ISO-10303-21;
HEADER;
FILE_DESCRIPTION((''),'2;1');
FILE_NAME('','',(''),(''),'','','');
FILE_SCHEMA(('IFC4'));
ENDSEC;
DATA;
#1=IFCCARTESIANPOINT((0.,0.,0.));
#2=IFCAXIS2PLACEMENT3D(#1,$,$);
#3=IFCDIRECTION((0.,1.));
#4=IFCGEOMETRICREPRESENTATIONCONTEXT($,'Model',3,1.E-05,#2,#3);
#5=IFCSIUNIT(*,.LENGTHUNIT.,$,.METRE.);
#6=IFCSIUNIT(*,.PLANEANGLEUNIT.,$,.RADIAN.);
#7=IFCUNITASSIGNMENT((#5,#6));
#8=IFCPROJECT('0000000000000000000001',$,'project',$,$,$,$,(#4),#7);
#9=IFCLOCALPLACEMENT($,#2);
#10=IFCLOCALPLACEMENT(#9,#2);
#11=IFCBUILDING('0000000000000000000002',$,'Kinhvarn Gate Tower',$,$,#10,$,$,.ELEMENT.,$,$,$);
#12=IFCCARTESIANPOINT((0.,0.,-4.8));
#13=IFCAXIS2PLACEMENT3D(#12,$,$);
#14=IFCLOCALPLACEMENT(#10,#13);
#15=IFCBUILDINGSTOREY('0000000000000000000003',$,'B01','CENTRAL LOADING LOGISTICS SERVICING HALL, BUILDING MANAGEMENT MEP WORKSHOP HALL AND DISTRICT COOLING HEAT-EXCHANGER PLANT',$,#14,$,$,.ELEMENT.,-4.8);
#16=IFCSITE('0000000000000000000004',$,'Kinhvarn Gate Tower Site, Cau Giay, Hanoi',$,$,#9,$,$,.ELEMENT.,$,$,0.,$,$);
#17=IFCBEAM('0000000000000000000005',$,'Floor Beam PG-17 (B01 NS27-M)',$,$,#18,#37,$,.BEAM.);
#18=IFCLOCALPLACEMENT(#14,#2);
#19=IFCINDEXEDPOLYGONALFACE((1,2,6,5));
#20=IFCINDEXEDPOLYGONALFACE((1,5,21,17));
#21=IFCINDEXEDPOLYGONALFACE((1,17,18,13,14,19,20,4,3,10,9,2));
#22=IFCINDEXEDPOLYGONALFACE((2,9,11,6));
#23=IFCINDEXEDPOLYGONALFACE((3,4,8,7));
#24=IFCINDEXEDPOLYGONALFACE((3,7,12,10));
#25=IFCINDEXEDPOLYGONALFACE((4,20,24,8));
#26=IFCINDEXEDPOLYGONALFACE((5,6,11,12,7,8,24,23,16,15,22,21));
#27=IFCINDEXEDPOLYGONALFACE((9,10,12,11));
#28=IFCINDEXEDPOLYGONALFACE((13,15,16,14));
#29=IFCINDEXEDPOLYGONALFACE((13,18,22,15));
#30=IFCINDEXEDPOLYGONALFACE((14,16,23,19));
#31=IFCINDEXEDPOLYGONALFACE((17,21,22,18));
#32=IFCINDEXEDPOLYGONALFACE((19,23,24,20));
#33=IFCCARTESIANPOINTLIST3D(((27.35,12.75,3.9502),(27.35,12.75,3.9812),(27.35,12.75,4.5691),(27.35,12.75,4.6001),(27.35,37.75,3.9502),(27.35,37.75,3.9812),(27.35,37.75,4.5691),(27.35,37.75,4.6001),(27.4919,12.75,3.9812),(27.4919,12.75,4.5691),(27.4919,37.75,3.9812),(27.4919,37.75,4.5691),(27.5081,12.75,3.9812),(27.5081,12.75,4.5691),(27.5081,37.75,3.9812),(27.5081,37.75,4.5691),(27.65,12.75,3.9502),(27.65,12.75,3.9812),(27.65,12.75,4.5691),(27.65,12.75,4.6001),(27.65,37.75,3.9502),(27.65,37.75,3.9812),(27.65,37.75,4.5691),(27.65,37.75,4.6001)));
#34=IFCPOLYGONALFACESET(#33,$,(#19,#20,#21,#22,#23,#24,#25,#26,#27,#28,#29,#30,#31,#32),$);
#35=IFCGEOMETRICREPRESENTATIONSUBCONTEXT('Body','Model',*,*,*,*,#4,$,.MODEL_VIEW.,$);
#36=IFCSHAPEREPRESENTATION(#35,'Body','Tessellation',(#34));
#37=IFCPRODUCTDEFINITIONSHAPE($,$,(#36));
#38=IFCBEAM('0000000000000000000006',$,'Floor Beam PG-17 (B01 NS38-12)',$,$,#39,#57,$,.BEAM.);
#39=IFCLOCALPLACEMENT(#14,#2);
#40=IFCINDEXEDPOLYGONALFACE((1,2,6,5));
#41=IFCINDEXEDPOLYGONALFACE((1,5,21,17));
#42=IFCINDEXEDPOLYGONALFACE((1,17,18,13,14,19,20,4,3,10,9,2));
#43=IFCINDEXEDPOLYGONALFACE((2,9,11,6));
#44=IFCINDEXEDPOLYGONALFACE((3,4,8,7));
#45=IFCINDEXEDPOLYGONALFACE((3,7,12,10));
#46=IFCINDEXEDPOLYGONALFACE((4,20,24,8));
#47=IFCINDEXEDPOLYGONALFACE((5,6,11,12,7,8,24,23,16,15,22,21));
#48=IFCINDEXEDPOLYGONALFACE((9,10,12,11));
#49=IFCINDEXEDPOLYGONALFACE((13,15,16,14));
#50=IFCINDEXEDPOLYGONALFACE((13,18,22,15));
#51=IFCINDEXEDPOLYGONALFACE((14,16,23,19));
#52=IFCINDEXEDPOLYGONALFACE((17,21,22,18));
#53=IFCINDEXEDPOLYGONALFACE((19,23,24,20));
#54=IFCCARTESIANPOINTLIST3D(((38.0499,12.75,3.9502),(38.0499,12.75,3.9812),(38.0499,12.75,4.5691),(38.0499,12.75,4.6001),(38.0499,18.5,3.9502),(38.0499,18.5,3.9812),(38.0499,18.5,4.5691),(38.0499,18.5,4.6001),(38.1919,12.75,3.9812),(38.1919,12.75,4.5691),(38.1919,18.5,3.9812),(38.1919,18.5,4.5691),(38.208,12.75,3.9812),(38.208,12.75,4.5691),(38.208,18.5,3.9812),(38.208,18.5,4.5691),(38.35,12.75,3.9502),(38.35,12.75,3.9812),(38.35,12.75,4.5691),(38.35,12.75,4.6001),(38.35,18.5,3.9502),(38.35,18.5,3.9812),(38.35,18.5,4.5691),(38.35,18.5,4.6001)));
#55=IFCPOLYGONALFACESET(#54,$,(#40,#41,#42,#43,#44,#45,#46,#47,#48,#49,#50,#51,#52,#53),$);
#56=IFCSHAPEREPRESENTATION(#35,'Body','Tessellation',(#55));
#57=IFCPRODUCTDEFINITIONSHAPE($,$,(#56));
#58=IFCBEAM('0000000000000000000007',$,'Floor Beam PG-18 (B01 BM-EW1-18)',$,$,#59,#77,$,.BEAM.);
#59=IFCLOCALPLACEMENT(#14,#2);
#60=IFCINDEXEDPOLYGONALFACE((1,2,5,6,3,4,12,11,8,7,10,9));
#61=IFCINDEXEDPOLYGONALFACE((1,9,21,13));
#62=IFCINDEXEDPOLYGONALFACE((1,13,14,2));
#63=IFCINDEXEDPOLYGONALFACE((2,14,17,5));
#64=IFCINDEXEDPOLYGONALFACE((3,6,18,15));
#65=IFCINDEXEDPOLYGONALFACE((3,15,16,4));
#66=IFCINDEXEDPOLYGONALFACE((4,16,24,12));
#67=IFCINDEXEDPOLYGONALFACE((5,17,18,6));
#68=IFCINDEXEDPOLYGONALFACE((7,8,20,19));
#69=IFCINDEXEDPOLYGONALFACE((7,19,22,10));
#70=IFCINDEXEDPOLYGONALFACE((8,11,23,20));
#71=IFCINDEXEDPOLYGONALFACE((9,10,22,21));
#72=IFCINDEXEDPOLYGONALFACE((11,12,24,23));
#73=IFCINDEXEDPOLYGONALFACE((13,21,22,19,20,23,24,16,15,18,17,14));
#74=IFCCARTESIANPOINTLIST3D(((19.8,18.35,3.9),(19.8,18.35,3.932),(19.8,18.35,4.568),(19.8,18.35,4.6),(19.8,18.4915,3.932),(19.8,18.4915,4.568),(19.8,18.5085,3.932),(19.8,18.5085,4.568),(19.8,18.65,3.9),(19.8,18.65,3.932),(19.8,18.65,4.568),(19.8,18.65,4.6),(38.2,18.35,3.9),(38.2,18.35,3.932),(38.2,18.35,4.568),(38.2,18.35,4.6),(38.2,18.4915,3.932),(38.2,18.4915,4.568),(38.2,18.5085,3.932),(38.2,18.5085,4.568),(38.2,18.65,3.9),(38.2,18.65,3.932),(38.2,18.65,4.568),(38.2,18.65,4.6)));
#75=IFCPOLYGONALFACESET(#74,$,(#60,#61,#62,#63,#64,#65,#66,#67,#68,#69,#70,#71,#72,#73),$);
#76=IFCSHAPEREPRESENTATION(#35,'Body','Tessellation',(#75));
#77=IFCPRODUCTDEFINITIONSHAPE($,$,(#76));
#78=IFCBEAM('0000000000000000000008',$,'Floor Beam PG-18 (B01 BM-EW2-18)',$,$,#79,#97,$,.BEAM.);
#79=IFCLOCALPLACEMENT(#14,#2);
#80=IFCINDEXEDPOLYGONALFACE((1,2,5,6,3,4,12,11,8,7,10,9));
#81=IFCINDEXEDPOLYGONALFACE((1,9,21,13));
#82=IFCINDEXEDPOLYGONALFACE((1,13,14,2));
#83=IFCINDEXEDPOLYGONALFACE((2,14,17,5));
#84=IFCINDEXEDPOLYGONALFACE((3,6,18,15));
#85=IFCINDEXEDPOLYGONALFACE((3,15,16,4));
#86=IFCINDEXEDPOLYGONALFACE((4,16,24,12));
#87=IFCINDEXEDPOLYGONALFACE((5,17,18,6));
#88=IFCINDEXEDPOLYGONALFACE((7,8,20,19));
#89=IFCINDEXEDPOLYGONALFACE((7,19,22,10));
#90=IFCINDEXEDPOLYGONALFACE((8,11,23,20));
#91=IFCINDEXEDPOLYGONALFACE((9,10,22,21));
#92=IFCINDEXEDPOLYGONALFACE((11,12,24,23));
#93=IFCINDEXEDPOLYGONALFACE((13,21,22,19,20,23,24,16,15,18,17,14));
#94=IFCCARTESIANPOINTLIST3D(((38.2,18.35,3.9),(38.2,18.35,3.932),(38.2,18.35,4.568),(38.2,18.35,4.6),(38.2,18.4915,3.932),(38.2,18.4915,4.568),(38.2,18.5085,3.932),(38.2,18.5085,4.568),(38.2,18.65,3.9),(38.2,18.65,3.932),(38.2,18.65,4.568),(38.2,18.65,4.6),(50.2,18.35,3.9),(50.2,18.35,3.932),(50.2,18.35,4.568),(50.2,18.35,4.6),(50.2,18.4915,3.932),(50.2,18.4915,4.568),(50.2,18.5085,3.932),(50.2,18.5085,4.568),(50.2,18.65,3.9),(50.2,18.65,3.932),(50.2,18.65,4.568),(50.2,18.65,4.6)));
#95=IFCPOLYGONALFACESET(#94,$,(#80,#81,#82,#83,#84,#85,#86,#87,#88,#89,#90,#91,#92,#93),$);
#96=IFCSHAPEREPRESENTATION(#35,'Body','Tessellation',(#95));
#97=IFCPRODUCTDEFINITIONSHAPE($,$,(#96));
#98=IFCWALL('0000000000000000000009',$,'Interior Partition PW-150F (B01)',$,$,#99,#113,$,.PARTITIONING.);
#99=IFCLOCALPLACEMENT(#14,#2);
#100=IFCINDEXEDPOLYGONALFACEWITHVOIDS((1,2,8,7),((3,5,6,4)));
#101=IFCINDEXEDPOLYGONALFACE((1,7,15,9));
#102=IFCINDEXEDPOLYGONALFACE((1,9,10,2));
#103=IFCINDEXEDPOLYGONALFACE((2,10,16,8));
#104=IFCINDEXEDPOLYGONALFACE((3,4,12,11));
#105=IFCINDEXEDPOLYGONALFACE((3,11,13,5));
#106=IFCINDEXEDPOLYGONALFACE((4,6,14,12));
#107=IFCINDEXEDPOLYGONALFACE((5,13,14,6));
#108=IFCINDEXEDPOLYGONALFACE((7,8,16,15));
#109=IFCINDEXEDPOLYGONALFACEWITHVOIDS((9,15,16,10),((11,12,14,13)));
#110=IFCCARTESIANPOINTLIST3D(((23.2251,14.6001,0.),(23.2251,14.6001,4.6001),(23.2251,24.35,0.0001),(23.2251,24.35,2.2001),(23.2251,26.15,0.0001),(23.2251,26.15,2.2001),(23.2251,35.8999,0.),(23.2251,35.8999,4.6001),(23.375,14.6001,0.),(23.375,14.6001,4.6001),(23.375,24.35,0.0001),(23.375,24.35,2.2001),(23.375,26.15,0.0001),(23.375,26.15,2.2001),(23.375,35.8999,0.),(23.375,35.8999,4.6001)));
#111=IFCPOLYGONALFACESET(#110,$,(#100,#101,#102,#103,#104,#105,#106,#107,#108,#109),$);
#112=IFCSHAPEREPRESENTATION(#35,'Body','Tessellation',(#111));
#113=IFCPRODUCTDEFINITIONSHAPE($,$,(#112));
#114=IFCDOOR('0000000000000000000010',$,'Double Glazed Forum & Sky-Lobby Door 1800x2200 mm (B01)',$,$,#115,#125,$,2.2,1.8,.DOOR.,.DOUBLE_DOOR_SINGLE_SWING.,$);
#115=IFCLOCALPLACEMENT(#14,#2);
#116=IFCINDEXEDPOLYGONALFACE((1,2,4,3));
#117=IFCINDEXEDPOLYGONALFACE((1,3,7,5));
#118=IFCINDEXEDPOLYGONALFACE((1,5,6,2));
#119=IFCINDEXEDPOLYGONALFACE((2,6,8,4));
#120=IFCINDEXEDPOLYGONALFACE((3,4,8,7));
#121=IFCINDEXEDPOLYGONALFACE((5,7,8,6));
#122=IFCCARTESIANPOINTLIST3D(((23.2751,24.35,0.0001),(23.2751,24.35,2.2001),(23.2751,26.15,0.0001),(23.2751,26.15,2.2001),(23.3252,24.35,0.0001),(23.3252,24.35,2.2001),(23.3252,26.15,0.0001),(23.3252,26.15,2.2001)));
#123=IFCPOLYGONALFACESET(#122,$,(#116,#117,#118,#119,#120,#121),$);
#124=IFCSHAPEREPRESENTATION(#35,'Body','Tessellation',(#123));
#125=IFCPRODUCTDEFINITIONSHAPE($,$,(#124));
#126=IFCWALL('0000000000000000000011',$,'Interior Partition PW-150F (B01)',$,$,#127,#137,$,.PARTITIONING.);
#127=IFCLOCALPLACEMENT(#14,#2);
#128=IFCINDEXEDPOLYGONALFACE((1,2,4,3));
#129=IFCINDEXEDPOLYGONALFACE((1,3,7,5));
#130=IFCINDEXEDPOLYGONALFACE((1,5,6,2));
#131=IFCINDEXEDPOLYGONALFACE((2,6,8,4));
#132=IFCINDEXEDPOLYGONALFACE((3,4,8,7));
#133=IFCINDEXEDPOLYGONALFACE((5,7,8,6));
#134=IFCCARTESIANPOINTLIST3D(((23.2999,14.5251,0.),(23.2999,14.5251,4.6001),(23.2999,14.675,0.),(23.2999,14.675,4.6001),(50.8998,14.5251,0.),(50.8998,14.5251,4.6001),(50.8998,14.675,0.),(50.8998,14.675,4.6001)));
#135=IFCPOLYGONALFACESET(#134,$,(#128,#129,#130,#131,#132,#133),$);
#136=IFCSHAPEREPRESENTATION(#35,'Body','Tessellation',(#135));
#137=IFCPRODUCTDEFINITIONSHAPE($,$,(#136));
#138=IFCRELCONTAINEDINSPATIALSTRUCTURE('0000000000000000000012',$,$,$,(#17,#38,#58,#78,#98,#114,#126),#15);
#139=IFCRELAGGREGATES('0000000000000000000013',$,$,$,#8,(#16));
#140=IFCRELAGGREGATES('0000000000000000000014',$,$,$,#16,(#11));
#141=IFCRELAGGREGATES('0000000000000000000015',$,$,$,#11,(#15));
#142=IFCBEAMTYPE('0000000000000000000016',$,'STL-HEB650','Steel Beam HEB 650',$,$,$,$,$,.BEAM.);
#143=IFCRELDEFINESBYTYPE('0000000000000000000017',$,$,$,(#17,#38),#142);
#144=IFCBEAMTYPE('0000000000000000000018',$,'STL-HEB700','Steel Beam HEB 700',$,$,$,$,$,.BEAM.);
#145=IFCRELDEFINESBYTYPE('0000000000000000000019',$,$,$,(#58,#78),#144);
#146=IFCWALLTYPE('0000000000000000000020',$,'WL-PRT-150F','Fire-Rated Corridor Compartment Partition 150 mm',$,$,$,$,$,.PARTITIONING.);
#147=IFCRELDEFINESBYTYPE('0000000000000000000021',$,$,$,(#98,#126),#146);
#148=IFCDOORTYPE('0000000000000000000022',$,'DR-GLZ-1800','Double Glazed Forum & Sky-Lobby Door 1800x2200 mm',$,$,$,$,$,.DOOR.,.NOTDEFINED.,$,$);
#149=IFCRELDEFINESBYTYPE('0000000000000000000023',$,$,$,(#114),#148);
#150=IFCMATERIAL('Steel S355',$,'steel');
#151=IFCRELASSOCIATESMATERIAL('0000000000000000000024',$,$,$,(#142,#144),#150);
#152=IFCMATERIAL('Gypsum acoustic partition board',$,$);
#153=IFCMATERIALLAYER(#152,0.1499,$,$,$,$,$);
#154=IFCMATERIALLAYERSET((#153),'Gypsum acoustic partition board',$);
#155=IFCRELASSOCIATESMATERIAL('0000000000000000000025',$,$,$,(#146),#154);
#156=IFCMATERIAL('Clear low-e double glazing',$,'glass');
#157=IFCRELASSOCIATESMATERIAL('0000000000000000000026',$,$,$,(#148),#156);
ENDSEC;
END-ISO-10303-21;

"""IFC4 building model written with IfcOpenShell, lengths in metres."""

from ifc_helpers import new_model, si_unit, direction, frame, frame_2d, origin, origin_2d, place, context, subcontext, project, spatial, rectangle, i_section, extrude, material, layer, layer_set, material_profile, profile_set, type_object, element, fill, save


model = new_model("IFC4")

# Units and contexts
model_context = context("Model", 3, precision=1e-05, world=origin(), true_north=direction((0.0, 1.0)))
body_context = subcontext(model_context, "Body", "Model", "MODEL_VIEW")
ifc_project = project(units=[si_unit("LENGTHUNIT", "METRE"), si_unit("PLANEANGLEUNIT", "RADIAN")], contexts=[model_context])

# Site, building, storey
site_placement = place(None, origin())
site = spatial("IfcSite", under=ifc_project, at=site_placement, Name="Kinhvarn Gate Tower Site, Cau Giay, Hanoi", CompositionType="ELEMENT", RefElevation=0.0)
building_placement = place(site_placement, origin())
building = spatial("IfcBuilding", under=site, at=building_placement, Name="Kinhvarn Gate Tower", CompositionType="ELEMENT")
storey_placement = place(building_placement, frame((0.0, 0.0, -4.8)))
storey = spatial("IfcBuildingStorey", under=building, at=storey_placement, Name="B01", Description="CENTRAL LOADING LOGISTICS SERVICING HALL, BUILDING MANAGEMENT MEP WORKSHOP HALL AND DISTRICT COOLING HEAT-EXCHANGER PLANT", CompositionType="ELEMENT", Elevation=-4.8)

# Beams
ifc_material_1 = material(Name="Steel S355", Category="steel")
ifc_material_profile_1 = material_profile(ifc_material_1, i_section(OverallWidth=0.3, OverallDepth=0.6499, WebThickness=0.0161, FlangeThickness=0.031, at=origin_2d()), Name="HEB 650")
ifc_profile_set_1 = profile_set([ifc_material_profile_1], Name="Steel S355")
beam_type_1 = type_object("IfcBeamType", Name="STL-HEB650", Description="Steel Beam HEB 650", PredefinedType="BEAM", material=ifc_profile_set_1)
beam_1_placement = place(storey_placement, frame((27.5, 12.75, 4.2751), z_axis=(0.0, 1.0, 0.0), x_axis=(-1.0, 0.0, 0.0)))
element("IfcBeam", 1, at=beam_1_placement, inside=storey, type_object=beam_type_1, Name="Floor Beam PG-17 (B01 NS27-M)", PredefinedType="BEAM", context=body_context, shape_type="SweptSolid", body=[
    extrude(i_section(OverallWidth=0.3, OverallDepth=0.6499, WebThickness=0.0161, FlangeThickness=0.031, at=origin_2d()), origin(), (0.0, 0.0, 1.0), 25.0),
])
beam_2_placement = place(storey_placement, frame((38.2, 12.75, 4.2751), z_axis=(0.0, 1.0, 0.0), x_axis=(-1.0, 0.0, 0.0)))
element("IfcBeam", 2, at=beam_2_placement, inside=storey, type_object=beam_type_1, Name="Floor Beam PG-17 (B01 NS38-12)", PredefinedType="BEAM", context=body_context, shape_type="SweptSolid", body=[
    extrude(i_section(OverallWidth=0.3, OverallDepth=0.6499, WebThickness=0.0161, FlangeThickness=0.031, at=origin_2d()), origin(), (0.0, 0.0, 1.0), 5.75),
])
ifc_material_profile_2 = material_profile(ifc_material_1, i_section(OverallWidth=0.3, OverallDepth=0.7, WebThickness=0.0171, FlangeThickness=0.032, at=origin_2d()), Name="HEB 700")
ifc_profile_set_2 = profile_set([ifc_material_profile_2], Name="Steel S355")
beam_type_2 = type_object("IfcBeamType", Name="STL-HEB700", Description="Steel Beam HEB 700", PredefinedType="BEAM", material=ifc_profile_set_2)
beam_3_placement = place(storey_placement, frame((19.8, 18.5, 4.25), z_axis=(1.0, 0.0, 0.0), x_axis=(0.0, 1.0, 0.0)))
element("IfcBeam", 3, at=beam_3_placement, inside=storey, type_object=beam_type_2, Name="Floor Beam PG-18 (B01 BM-EW1-18)", PredefinedType="BEAM", context=body_context, shape_type="SweptSolid", body=[
    extrude(i_section(OverallWidth=0.3, OverallDepth=0.7, WebThickness=0.0171, FlangeThickness=0.032, at=origin_2d()), origin(), (0.0, 0.0, 1.0), 18.3999),
])
beam_4_placement = place(storey_placement, frame((38.2, 18.5, 4.25), z_axis=(1.0, 0.0, 0.0), x_axis=(0.0, 1.0, 0.0)))
element("IfcBeam", 4, at=beam_4_placement, inside=storey, type_object=beam_type_2, Name="Floor Beam PG-18 (B01 BM-EW2-18)", PredefinedType="BEAM", context=body_context, shape_type="SweptSolid", body=[
    extrude(i_section(OverallWidth=0.3, OverallDepth=0.7, WebThickness=0.0171, FlangeThickness=0.032, at=origin_2d()), origin(), (0.0, 0.0, 1.0), 12.0),
])

# Wall, opening, door
ifc_material_2 = material(Name="Gypsum acoustic partition board")
ifc_layer = layer(ifc_material_2, 0.1499)
ifc_layer_set = layer_set([ifc_layer], Name="Gypsum acoustic partition board")
wall_type = type_object("IfcWallType", Name="WL-PRT-150F", Description="Fire-Rated Corridor Compartment Partition 150 mm", PredefinedType="PARTITIONING", material=ifc_layer_set)
wall_1_placement = place(storey_placement, frame((23.3, 14.6001, 0.0), z_axis=(0.0, 0.0, 1.0), x_axis=(0.0, 1.0, 0.0)))
wall_1 = element("IfcWall", 5, at=wall_1_placement, inside=storey, type_object=wall_type, Name="Interior Partition PW-150F (B01)", PredefinedType="PARTITIONING", context=body_context, shape_type="SweptSolid", body=[
    extrude(rectangle(XDim=21.2998, YDim=0.1499, at=frame_2d((10.6499, 0.0))), origin(), (0.0, 0.0, 1.0), 4.6001),
])
opening_placement = place(wall_1_placement, frame((9.75, 0.0, 0.0)))
opening = element("IfcOpeningElement", 6, at=opening_placement, cuts=wall_1, PredefinedType="OPENING", context=body_context, shape_type="SweptSolid", body=[
    extrude(rectangle(XDim=1.8, YDim=2.2, at=frame_2d((0.8999, 1.1001))), frame((0.0, 0.085, 0.0), z_axis=(0.0, -1.0, 0.0), x_axis=(1.0, 0.0, 0.0)), (0.0, 0.0, 1.0), 0.1699),
])
ifc_material_3 = material(Name="Clear low-e double glazing", Category="glass")
door_type = type_object("IfcDoorType", Name="DR-GLZ-1800", Description="Double Glazed Forum & Sky-Lobby Door 1800x2200 mm", OperationType="NOTDEFINED", PredefinedType="DOOR", material=ifc_material_3)
door_placement = place(opening_placement, origin())
door = element("IfcDoor", 7, at=door_placement, inside=storey, type_object=door_type, Name="Double Glazed Forum & Sky-Lobby Door 1800x2200 mm (B01)", OperationType="DOUBLE_DOOR_SINGLE_SWING", OverallHeight=2.2, OverallWidth=1.8, PredefinedType="DOOR", context=body_context, shape_type="SweptSolid", body=[
    extrude(rectangle(XDim=1.8, YDim=2.2, at=frame_2d((0.8999, 1.1001))), frame((0.0, 0.0249, 0.0), z_axis=(0.0, -1.0, 0.0), x_axis=(1.0, 0.0, 0.0)), (0.0, 0.0, 1.0), 0.05),
])
fill(opening, door)

# Wall
wall_2_placement = place(storey_placement, frame((23.3, 14.6001, 0.0), z_axis=(0.0, 0.0, 1.0), x_axis=(1.0, 0.0, 0.0)))
element("IfcWall", 8, at=wall_2_placement, inside=storey, type_object=wall_type, Name="Interior Partition PW-150F (B01)", PredefinedType="PARTITIONING", context=body_context, shape_type="SweptSolid", body=[
    extrude(rectangle(XDim=27.5999, YDim=0.1499, at=frame_2d((13.7998, 0.0))), origin(), (0.0, 0.0, 1.0), 4.6001),
])

save(model, "model.ifc")
